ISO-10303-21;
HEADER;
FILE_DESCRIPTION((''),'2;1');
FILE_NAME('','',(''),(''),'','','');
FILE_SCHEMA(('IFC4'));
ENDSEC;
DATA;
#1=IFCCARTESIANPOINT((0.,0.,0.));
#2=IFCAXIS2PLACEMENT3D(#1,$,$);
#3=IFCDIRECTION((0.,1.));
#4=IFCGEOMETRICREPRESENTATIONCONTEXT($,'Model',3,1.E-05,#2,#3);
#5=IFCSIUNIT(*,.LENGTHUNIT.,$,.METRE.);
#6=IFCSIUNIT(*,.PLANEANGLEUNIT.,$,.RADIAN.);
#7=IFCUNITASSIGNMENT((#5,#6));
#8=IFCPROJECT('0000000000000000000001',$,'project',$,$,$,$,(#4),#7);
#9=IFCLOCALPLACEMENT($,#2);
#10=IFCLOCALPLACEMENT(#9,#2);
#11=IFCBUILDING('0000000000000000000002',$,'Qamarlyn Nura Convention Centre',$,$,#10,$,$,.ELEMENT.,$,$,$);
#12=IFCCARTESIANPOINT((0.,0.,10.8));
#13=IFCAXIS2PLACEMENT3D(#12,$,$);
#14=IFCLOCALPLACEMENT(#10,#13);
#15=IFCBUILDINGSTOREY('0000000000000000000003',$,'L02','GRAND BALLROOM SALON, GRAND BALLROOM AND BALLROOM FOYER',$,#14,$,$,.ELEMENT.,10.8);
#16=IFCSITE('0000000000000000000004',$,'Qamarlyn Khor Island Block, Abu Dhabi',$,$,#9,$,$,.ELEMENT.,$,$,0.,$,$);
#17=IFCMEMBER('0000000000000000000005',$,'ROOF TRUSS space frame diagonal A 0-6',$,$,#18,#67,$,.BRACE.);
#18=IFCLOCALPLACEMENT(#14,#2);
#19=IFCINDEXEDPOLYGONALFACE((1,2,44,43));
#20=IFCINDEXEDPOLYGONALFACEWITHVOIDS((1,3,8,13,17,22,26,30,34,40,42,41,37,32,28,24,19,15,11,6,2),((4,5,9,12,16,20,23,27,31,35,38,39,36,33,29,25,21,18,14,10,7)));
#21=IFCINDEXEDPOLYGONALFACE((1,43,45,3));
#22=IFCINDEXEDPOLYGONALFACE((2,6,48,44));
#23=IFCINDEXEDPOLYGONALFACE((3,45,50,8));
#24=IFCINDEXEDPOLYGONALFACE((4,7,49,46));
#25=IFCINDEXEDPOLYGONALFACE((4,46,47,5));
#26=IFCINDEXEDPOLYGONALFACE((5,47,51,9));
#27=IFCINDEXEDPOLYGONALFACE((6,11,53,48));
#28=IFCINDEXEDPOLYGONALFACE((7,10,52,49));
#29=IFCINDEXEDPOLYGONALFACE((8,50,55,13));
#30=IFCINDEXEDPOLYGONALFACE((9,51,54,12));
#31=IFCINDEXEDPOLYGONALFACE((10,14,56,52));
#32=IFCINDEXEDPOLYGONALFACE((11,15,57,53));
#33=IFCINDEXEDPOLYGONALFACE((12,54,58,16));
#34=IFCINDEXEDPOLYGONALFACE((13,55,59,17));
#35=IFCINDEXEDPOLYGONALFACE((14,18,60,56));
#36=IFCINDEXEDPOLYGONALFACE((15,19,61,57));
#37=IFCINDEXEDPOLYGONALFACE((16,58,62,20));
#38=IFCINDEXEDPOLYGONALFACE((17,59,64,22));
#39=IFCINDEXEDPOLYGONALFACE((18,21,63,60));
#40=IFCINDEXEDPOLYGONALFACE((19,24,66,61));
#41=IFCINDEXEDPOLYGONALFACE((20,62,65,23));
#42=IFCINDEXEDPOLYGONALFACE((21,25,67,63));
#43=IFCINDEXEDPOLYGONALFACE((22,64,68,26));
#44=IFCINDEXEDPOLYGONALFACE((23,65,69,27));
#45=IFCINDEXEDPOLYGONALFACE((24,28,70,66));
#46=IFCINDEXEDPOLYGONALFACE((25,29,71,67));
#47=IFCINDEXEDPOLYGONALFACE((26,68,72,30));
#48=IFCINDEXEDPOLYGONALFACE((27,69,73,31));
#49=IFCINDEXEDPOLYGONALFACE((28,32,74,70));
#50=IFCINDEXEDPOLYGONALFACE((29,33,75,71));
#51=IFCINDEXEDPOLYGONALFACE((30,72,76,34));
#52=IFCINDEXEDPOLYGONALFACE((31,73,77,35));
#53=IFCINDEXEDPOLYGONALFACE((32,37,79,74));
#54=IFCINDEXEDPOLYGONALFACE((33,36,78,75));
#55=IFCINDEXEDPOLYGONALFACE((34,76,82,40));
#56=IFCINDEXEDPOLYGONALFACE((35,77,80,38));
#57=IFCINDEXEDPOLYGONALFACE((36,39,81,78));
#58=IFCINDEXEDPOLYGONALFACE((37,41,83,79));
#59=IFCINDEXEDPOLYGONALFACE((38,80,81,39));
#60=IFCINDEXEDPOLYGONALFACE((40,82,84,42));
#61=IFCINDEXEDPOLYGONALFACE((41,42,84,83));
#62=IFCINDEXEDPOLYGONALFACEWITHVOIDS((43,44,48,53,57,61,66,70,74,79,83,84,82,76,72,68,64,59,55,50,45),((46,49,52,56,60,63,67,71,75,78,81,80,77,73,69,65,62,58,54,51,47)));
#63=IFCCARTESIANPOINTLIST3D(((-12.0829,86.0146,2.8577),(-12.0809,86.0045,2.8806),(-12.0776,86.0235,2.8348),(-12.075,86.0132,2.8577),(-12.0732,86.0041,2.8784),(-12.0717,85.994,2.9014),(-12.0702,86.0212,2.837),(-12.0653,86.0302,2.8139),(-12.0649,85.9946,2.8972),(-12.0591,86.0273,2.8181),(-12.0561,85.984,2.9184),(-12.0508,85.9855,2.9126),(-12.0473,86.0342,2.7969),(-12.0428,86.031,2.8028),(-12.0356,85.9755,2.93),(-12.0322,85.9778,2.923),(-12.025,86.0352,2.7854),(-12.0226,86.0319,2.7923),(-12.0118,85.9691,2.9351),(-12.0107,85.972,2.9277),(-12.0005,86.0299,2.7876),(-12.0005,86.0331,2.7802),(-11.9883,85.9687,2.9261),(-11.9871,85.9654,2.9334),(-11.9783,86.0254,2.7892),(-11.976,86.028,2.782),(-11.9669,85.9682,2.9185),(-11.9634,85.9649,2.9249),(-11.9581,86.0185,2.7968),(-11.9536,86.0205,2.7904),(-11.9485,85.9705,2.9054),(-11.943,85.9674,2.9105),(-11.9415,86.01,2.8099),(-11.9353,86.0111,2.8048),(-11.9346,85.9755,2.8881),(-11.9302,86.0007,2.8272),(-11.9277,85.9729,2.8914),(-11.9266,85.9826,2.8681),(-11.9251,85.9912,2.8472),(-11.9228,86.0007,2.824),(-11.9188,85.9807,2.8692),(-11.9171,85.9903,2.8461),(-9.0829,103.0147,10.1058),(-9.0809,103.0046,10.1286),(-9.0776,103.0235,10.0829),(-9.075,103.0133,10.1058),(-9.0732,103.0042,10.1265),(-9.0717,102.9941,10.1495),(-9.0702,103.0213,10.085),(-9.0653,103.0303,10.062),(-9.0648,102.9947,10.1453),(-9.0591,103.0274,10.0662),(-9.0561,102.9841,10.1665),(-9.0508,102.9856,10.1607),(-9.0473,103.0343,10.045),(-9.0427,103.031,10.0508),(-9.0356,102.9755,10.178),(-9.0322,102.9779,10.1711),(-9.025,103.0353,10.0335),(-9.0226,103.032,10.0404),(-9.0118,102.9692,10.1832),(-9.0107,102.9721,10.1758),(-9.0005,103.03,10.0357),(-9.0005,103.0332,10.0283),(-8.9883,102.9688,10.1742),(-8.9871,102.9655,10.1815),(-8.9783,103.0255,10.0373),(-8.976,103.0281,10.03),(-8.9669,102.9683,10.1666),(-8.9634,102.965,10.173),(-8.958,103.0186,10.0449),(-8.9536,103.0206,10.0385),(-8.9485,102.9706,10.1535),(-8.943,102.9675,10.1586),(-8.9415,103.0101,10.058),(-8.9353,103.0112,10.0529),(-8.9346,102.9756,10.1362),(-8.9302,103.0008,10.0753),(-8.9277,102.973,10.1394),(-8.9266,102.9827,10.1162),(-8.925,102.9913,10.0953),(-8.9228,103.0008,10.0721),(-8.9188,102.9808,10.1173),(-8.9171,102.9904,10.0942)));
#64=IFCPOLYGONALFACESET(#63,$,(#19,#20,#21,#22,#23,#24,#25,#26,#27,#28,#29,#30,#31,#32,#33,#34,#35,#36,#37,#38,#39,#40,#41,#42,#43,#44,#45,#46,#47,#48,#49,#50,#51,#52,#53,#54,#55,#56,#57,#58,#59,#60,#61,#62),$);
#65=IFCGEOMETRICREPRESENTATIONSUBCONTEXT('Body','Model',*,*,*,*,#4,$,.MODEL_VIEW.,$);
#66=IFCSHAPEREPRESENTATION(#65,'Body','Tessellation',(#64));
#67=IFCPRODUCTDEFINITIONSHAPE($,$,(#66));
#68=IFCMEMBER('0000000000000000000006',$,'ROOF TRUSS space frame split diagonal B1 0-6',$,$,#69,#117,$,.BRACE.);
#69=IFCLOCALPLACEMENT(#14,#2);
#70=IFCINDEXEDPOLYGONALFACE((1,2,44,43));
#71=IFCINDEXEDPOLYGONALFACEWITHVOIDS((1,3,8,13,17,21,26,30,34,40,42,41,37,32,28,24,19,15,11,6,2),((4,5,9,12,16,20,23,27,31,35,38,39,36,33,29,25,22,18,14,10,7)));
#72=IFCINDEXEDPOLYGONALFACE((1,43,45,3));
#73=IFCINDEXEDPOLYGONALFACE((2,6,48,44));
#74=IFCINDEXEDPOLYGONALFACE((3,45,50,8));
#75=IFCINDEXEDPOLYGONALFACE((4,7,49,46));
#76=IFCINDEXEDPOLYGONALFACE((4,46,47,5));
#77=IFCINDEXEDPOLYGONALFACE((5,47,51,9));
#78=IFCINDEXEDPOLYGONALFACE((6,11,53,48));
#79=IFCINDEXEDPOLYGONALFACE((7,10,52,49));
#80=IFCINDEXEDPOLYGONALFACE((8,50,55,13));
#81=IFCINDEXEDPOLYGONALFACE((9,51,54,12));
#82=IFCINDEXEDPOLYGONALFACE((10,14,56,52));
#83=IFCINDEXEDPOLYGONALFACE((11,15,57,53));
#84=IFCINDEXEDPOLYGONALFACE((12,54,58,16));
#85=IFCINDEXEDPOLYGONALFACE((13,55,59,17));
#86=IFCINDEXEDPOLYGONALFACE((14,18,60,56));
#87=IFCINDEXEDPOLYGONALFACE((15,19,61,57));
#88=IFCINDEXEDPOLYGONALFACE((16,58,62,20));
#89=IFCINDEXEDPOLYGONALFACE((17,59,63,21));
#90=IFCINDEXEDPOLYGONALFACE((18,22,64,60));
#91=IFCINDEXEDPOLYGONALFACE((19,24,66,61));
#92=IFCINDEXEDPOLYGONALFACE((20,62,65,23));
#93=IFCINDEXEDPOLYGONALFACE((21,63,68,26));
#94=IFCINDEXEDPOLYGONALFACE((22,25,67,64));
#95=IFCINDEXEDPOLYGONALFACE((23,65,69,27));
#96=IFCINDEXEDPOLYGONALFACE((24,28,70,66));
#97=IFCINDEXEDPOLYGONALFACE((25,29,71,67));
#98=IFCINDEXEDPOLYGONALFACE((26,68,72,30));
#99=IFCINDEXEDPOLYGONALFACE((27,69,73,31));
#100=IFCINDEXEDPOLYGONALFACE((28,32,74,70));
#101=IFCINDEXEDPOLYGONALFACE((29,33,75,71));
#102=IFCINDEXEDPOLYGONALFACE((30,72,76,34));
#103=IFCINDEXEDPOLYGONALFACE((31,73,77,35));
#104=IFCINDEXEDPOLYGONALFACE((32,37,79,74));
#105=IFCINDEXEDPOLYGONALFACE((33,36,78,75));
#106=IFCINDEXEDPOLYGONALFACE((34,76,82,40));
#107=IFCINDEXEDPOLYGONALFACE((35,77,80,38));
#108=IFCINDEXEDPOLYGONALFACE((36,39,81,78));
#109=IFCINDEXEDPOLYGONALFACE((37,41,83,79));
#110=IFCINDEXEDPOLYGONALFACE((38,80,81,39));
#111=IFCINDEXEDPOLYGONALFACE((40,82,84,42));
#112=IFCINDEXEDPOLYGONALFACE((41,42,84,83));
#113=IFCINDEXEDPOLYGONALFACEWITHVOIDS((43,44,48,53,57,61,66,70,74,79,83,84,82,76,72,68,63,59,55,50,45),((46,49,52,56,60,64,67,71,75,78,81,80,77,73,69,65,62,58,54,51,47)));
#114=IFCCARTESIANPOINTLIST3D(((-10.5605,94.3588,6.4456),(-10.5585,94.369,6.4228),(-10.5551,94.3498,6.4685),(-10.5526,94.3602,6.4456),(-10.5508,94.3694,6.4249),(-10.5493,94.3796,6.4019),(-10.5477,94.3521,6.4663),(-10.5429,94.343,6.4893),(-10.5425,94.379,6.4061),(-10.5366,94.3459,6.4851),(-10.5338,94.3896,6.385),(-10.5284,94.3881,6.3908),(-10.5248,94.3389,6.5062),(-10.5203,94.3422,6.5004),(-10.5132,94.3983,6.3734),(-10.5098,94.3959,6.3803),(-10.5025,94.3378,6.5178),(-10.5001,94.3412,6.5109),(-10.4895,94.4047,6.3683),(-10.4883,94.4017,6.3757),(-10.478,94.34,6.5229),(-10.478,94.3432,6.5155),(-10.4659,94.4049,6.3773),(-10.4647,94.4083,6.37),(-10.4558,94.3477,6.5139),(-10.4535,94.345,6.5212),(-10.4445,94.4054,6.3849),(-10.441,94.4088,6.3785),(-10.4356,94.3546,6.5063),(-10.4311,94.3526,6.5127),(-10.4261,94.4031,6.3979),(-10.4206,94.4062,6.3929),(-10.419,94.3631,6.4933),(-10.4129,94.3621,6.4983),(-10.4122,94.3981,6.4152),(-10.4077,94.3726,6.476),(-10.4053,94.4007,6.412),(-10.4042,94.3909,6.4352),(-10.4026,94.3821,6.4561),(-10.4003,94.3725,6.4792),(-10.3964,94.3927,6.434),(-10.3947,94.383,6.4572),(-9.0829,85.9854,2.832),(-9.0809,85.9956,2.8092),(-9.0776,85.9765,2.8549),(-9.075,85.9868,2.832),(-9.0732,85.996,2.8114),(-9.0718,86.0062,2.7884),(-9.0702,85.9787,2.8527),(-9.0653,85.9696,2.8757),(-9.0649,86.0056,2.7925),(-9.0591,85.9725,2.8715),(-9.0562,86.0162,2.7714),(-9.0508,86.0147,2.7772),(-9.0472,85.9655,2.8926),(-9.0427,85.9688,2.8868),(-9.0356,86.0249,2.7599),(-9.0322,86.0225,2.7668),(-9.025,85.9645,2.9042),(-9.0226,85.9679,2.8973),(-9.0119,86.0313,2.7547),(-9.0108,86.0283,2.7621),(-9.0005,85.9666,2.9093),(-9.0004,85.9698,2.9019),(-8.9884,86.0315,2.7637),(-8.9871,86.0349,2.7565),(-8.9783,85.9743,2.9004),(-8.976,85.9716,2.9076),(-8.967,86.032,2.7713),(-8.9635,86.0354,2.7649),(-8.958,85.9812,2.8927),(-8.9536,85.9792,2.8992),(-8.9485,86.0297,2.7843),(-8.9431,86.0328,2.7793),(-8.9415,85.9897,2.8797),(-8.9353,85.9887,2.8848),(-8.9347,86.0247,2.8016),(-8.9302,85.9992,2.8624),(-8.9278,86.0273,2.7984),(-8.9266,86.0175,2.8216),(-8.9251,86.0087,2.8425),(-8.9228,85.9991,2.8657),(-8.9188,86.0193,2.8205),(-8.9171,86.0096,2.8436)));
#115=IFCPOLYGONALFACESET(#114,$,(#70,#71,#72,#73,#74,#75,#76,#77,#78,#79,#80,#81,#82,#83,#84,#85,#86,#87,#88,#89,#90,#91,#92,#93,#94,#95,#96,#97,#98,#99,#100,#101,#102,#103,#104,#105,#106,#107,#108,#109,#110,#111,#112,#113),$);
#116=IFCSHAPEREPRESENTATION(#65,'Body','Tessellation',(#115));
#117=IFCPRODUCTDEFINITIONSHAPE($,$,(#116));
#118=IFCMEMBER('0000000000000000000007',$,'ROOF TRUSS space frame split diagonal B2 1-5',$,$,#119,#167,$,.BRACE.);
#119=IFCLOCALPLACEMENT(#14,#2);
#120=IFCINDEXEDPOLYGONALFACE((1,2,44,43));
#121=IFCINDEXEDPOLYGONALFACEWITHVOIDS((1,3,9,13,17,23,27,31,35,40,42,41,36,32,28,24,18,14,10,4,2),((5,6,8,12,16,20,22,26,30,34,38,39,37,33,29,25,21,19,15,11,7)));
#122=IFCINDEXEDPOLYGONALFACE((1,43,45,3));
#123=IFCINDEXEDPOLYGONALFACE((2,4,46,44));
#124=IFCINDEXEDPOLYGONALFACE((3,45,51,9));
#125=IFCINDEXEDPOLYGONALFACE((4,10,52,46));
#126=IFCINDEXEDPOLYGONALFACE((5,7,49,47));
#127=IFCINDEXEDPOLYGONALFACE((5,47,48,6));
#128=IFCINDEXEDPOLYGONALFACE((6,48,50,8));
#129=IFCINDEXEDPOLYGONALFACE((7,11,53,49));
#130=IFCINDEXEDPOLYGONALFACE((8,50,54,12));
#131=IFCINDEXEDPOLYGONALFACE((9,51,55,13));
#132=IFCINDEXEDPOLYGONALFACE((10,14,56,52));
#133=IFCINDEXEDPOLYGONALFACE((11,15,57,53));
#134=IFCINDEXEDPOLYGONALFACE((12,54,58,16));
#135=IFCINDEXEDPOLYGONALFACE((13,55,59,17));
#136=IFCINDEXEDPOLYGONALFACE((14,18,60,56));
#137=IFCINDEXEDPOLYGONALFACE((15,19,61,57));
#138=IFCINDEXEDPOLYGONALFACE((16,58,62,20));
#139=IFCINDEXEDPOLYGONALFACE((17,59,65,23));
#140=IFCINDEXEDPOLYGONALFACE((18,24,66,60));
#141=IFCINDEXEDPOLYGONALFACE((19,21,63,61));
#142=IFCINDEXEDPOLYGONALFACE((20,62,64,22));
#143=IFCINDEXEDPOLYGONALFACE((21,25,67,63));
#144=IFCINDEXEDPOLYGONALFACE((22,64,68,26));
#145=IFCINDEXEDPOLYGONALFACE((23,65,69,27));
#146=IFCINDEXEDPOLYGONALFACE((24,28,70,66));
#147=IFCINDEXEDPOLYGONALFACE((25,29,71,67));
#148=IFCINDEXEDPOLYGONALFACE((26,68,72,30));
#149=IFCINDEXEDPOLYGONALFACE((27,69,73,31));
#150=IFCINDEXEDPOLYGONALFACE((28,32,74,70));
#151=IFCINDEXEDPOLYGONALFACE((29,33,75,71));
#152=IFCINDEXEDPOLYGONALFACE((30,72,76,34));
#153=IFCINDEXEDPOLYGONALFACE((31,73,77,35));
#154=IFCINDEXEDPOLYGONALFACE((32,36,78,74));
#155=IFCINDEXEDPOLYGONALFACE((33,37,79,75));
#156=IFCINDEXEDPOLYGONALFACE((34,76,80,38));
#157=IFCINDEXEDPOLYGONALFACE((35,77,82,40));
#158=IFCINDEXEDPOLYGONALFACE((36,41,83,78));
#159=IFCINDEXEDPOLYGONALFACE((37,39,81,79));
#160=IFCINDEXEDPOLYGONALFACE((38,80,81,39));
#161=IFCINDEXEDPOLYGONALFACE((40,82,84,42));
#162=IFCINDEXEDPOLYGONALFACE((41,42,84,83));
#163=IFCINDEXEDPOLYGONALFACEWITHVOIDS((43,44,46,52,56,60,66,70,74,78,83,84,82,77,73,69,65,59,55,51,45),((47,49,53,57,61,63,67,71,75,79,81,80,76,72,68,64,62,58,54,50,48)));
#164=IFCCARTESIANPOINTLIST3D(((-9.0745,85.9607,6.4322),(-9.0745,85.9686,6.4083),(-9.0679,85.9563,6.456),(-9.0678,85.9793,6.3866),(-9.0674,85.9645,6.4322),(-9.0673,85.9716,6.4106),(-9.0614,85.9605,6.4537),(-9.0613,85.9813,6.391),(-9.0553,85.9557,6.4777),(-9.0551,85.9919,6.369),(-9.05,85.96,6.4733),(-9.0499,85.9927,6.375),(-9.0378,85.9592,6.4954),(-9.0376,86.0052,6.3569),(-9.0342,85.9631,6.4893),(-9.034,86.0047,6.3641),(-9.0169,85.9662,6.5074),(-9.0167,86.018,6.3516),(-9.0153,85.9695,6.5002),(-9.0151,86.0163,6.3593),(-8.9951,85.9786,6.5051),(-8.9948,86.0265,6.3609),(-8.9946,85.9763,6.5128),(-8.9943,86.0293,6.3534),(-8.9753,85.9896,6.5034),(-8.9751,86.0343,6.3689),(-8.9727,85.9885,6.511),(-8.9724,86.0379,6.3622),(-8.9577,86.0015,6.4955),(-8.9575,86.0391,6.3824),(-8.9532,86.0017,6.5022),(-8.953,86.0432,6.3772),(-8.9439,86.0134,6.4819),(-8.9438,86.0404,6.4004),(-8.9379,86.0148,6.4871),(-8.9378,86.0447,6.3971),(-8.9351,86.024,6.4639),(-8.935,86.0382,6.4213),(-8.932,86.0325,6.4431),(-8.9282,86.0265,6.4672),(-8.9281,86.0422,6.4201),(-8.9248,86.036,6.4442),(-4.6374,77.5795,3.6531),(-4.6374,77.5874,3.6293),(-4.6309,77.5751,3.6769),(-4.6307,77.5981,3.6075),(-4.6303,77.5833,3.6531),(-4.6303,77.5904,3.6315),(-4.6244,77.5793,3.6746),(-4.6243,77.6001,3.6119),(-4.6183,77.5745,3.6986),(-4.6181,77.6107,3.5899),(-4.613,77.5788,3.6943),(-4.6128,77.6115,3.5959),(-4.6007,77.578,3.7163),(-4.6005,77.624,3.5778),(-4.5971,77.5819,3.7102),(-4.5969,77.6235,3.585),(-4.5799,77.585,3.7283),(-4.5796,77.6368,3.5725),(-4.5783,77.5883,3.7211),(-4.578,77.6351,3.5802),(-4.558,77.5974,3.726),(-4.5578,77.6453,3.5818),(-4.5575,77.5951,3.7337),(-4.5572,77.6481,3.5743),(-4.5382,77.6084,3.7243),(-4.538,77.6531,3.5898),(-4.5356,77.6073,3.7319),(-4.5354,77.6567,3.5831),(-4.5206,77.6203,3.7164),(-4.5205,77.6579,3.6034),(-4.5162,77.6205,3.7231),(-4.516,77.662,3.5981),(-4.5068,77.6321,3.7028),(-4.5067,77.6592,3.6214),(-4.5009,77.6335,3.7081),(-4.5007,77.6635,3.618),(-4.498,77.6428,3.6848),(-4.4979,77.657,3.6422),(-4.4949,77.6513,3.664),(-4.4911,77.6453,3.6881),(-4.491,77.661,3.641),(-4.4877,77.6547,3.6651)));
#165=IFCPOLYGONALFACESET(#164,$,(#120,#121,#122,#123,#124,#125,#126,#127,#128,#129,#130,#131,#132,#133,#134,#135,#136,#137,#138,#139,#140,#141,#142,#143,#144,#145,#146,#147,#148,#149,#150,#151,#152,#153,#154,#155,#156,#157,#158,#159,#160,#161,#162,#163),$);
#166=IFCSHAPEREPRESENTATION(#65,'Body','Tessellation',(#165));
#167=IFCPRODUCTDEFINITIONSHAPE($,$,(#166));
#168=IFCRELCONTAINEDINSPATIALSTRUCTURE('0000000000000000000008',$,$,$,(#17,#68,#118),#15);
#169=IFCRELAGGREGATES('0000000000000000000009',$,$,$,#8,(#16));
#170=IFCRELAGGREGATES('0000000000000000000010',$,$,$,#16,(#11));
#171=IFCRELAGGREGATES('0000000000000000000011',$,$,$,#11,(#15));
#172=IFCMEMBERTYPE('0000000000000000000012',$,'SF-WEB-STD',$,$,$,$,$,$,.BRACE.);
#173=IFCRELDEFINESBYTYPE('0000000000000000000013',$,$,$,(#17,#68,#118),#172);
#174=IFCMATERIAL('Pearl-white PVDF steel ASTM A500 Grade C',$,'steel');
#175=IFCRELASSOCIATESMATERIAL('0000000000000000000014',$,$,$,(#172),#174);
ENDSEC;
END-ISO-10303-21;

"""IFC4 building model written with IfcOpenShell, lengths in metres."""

from ifc_helpers import new_model, si_unit, direction, frame, origin, origin_2d, place, context, subcontext, project, spatial, hollow_circle, extrude, material, material_profile, profile_set, type_object, element, save


model = new_model("IFC4")

# Units and contexts
model_context = context("Model", 3, precision=1e-05, world=origin(), true_north=direction((0.0, 1.0)))
body_context = subcontext(model_context, "Body", "Model", "MODEL_VIEW")
ifc_project = project(units=[si_unit("LENGTHUNIT", "METRE"), si_unit("PLANEANGLEUNIT", "RADIAN")], contexts=[model_context])

# Site, building, storey
site_placement = place(None, origin())
site = spatial("IfcSite", under=ifc_project, at=site_placement, Name="Qamarlyn Khor Island Block, Abu Dhabi", CompositionType="ELEMENT", RefElevation=0.0)
building_placement = place(site_placement, origin())
building = spatial("IfcBuilding", under=site, at=building_placement, Name="Qamarlyn Nura Convention Centre", CompositionType="ELEMENT")
storey_placement = place(building_placement, frame((0.0, 0.0, 10.8)))
storey = spatial("IfcBuildingStorey", under=building, at=storey_placement, Name="L02", Description="GRAND BALLROOM SALON, GRAND BALLROOM AND BALLROOM FOYER", CompositionType="ELEMENT", Elevation=10.8)

# Members
ifc_material_1 = material(Name="Pearl-white PVDF steel ASTM A500 Grade C", Category="steel")
ifc_material_profile_1 = material_profile(ifc_material_1, hollow_circle(Radius=0.0842, WallThickness=0.0081, at=origin_2d()), Name="CHS168.3X8")
ifc_profile_set_1 = profile_set([ifc_material_profile_1], Name="Pearl-white PVDF steel ASTM A500 Grade C")
member_type_1 = type_object("IfcMemberType", Name="SF-WEB-STD", PredefinedType="BRACE", material=ifc_profile_set_1)
member_1_placement = place(storey_placement, frame((-12.0, 86.0, 2.8577), z_axis=(0.160235, 0.907996, 0.387129), x_axis=(-0.984784, 0.173785, 0.0)))
element("IfcMember", 1, at=member_1_placement, inside=storey, type_object=member_type_1, Name="ROOF TRUSS space frame diagonal A 0-6", PredefinedType="BRACE", context=body_context, shape_type="SweptSolid", body=[
    extrude(hollow_circle(Radius=0.0842, WallThickness=0.0081, at=origin_2d()), origin(), (0.0, 0.0, 1.0), 18.7227),
])
member_2_placement = place(storey_placement, frame((-9.0, 86.0, 2.832), z_axis=(-0.15993, 0.906333, 0.391131), x_axis=(-0.984786, -0.173774, 0.0)))
element("IfcMember", 2, at=member_2_placement, inside=storey, type_object=member_type_1, Name="ROOF TRUSS space frame split diagonal B1 0-6", PredefinedType="BRACE", context=body_context, shape_type="SweptSolid", body=[
    extrude(hollow_circle(Radius=0.0842, WallThickness=0.0081, at=origin_2d()), origin(), (0.0, 0.0, 1.0), 9.2388),
])
member_3_placement = place(storey_placement, frame((-4.563, 77.6189, 3.6531), z_axis=(-0.449001, 0.848122, 0.281225), x_axis=(-0.88379, -0.467884, 0.0)))
element("IfcMember", 3, at=member_3_placement, inside=storey, type_object=member_type_1, Name="ROOF TRUSS space frame split diagonal B2 1-5", PredefinedType="BRACE", context=body_context, shape_type="SweptSolid", body=[
    extrude(hollow_circle(Radius=0.0842, WallThickness=0.0081, at=origin_2d()), origin(), (0.0, 0.0, 1.0), 9.8821),
])

save(model, "model.ifc")
